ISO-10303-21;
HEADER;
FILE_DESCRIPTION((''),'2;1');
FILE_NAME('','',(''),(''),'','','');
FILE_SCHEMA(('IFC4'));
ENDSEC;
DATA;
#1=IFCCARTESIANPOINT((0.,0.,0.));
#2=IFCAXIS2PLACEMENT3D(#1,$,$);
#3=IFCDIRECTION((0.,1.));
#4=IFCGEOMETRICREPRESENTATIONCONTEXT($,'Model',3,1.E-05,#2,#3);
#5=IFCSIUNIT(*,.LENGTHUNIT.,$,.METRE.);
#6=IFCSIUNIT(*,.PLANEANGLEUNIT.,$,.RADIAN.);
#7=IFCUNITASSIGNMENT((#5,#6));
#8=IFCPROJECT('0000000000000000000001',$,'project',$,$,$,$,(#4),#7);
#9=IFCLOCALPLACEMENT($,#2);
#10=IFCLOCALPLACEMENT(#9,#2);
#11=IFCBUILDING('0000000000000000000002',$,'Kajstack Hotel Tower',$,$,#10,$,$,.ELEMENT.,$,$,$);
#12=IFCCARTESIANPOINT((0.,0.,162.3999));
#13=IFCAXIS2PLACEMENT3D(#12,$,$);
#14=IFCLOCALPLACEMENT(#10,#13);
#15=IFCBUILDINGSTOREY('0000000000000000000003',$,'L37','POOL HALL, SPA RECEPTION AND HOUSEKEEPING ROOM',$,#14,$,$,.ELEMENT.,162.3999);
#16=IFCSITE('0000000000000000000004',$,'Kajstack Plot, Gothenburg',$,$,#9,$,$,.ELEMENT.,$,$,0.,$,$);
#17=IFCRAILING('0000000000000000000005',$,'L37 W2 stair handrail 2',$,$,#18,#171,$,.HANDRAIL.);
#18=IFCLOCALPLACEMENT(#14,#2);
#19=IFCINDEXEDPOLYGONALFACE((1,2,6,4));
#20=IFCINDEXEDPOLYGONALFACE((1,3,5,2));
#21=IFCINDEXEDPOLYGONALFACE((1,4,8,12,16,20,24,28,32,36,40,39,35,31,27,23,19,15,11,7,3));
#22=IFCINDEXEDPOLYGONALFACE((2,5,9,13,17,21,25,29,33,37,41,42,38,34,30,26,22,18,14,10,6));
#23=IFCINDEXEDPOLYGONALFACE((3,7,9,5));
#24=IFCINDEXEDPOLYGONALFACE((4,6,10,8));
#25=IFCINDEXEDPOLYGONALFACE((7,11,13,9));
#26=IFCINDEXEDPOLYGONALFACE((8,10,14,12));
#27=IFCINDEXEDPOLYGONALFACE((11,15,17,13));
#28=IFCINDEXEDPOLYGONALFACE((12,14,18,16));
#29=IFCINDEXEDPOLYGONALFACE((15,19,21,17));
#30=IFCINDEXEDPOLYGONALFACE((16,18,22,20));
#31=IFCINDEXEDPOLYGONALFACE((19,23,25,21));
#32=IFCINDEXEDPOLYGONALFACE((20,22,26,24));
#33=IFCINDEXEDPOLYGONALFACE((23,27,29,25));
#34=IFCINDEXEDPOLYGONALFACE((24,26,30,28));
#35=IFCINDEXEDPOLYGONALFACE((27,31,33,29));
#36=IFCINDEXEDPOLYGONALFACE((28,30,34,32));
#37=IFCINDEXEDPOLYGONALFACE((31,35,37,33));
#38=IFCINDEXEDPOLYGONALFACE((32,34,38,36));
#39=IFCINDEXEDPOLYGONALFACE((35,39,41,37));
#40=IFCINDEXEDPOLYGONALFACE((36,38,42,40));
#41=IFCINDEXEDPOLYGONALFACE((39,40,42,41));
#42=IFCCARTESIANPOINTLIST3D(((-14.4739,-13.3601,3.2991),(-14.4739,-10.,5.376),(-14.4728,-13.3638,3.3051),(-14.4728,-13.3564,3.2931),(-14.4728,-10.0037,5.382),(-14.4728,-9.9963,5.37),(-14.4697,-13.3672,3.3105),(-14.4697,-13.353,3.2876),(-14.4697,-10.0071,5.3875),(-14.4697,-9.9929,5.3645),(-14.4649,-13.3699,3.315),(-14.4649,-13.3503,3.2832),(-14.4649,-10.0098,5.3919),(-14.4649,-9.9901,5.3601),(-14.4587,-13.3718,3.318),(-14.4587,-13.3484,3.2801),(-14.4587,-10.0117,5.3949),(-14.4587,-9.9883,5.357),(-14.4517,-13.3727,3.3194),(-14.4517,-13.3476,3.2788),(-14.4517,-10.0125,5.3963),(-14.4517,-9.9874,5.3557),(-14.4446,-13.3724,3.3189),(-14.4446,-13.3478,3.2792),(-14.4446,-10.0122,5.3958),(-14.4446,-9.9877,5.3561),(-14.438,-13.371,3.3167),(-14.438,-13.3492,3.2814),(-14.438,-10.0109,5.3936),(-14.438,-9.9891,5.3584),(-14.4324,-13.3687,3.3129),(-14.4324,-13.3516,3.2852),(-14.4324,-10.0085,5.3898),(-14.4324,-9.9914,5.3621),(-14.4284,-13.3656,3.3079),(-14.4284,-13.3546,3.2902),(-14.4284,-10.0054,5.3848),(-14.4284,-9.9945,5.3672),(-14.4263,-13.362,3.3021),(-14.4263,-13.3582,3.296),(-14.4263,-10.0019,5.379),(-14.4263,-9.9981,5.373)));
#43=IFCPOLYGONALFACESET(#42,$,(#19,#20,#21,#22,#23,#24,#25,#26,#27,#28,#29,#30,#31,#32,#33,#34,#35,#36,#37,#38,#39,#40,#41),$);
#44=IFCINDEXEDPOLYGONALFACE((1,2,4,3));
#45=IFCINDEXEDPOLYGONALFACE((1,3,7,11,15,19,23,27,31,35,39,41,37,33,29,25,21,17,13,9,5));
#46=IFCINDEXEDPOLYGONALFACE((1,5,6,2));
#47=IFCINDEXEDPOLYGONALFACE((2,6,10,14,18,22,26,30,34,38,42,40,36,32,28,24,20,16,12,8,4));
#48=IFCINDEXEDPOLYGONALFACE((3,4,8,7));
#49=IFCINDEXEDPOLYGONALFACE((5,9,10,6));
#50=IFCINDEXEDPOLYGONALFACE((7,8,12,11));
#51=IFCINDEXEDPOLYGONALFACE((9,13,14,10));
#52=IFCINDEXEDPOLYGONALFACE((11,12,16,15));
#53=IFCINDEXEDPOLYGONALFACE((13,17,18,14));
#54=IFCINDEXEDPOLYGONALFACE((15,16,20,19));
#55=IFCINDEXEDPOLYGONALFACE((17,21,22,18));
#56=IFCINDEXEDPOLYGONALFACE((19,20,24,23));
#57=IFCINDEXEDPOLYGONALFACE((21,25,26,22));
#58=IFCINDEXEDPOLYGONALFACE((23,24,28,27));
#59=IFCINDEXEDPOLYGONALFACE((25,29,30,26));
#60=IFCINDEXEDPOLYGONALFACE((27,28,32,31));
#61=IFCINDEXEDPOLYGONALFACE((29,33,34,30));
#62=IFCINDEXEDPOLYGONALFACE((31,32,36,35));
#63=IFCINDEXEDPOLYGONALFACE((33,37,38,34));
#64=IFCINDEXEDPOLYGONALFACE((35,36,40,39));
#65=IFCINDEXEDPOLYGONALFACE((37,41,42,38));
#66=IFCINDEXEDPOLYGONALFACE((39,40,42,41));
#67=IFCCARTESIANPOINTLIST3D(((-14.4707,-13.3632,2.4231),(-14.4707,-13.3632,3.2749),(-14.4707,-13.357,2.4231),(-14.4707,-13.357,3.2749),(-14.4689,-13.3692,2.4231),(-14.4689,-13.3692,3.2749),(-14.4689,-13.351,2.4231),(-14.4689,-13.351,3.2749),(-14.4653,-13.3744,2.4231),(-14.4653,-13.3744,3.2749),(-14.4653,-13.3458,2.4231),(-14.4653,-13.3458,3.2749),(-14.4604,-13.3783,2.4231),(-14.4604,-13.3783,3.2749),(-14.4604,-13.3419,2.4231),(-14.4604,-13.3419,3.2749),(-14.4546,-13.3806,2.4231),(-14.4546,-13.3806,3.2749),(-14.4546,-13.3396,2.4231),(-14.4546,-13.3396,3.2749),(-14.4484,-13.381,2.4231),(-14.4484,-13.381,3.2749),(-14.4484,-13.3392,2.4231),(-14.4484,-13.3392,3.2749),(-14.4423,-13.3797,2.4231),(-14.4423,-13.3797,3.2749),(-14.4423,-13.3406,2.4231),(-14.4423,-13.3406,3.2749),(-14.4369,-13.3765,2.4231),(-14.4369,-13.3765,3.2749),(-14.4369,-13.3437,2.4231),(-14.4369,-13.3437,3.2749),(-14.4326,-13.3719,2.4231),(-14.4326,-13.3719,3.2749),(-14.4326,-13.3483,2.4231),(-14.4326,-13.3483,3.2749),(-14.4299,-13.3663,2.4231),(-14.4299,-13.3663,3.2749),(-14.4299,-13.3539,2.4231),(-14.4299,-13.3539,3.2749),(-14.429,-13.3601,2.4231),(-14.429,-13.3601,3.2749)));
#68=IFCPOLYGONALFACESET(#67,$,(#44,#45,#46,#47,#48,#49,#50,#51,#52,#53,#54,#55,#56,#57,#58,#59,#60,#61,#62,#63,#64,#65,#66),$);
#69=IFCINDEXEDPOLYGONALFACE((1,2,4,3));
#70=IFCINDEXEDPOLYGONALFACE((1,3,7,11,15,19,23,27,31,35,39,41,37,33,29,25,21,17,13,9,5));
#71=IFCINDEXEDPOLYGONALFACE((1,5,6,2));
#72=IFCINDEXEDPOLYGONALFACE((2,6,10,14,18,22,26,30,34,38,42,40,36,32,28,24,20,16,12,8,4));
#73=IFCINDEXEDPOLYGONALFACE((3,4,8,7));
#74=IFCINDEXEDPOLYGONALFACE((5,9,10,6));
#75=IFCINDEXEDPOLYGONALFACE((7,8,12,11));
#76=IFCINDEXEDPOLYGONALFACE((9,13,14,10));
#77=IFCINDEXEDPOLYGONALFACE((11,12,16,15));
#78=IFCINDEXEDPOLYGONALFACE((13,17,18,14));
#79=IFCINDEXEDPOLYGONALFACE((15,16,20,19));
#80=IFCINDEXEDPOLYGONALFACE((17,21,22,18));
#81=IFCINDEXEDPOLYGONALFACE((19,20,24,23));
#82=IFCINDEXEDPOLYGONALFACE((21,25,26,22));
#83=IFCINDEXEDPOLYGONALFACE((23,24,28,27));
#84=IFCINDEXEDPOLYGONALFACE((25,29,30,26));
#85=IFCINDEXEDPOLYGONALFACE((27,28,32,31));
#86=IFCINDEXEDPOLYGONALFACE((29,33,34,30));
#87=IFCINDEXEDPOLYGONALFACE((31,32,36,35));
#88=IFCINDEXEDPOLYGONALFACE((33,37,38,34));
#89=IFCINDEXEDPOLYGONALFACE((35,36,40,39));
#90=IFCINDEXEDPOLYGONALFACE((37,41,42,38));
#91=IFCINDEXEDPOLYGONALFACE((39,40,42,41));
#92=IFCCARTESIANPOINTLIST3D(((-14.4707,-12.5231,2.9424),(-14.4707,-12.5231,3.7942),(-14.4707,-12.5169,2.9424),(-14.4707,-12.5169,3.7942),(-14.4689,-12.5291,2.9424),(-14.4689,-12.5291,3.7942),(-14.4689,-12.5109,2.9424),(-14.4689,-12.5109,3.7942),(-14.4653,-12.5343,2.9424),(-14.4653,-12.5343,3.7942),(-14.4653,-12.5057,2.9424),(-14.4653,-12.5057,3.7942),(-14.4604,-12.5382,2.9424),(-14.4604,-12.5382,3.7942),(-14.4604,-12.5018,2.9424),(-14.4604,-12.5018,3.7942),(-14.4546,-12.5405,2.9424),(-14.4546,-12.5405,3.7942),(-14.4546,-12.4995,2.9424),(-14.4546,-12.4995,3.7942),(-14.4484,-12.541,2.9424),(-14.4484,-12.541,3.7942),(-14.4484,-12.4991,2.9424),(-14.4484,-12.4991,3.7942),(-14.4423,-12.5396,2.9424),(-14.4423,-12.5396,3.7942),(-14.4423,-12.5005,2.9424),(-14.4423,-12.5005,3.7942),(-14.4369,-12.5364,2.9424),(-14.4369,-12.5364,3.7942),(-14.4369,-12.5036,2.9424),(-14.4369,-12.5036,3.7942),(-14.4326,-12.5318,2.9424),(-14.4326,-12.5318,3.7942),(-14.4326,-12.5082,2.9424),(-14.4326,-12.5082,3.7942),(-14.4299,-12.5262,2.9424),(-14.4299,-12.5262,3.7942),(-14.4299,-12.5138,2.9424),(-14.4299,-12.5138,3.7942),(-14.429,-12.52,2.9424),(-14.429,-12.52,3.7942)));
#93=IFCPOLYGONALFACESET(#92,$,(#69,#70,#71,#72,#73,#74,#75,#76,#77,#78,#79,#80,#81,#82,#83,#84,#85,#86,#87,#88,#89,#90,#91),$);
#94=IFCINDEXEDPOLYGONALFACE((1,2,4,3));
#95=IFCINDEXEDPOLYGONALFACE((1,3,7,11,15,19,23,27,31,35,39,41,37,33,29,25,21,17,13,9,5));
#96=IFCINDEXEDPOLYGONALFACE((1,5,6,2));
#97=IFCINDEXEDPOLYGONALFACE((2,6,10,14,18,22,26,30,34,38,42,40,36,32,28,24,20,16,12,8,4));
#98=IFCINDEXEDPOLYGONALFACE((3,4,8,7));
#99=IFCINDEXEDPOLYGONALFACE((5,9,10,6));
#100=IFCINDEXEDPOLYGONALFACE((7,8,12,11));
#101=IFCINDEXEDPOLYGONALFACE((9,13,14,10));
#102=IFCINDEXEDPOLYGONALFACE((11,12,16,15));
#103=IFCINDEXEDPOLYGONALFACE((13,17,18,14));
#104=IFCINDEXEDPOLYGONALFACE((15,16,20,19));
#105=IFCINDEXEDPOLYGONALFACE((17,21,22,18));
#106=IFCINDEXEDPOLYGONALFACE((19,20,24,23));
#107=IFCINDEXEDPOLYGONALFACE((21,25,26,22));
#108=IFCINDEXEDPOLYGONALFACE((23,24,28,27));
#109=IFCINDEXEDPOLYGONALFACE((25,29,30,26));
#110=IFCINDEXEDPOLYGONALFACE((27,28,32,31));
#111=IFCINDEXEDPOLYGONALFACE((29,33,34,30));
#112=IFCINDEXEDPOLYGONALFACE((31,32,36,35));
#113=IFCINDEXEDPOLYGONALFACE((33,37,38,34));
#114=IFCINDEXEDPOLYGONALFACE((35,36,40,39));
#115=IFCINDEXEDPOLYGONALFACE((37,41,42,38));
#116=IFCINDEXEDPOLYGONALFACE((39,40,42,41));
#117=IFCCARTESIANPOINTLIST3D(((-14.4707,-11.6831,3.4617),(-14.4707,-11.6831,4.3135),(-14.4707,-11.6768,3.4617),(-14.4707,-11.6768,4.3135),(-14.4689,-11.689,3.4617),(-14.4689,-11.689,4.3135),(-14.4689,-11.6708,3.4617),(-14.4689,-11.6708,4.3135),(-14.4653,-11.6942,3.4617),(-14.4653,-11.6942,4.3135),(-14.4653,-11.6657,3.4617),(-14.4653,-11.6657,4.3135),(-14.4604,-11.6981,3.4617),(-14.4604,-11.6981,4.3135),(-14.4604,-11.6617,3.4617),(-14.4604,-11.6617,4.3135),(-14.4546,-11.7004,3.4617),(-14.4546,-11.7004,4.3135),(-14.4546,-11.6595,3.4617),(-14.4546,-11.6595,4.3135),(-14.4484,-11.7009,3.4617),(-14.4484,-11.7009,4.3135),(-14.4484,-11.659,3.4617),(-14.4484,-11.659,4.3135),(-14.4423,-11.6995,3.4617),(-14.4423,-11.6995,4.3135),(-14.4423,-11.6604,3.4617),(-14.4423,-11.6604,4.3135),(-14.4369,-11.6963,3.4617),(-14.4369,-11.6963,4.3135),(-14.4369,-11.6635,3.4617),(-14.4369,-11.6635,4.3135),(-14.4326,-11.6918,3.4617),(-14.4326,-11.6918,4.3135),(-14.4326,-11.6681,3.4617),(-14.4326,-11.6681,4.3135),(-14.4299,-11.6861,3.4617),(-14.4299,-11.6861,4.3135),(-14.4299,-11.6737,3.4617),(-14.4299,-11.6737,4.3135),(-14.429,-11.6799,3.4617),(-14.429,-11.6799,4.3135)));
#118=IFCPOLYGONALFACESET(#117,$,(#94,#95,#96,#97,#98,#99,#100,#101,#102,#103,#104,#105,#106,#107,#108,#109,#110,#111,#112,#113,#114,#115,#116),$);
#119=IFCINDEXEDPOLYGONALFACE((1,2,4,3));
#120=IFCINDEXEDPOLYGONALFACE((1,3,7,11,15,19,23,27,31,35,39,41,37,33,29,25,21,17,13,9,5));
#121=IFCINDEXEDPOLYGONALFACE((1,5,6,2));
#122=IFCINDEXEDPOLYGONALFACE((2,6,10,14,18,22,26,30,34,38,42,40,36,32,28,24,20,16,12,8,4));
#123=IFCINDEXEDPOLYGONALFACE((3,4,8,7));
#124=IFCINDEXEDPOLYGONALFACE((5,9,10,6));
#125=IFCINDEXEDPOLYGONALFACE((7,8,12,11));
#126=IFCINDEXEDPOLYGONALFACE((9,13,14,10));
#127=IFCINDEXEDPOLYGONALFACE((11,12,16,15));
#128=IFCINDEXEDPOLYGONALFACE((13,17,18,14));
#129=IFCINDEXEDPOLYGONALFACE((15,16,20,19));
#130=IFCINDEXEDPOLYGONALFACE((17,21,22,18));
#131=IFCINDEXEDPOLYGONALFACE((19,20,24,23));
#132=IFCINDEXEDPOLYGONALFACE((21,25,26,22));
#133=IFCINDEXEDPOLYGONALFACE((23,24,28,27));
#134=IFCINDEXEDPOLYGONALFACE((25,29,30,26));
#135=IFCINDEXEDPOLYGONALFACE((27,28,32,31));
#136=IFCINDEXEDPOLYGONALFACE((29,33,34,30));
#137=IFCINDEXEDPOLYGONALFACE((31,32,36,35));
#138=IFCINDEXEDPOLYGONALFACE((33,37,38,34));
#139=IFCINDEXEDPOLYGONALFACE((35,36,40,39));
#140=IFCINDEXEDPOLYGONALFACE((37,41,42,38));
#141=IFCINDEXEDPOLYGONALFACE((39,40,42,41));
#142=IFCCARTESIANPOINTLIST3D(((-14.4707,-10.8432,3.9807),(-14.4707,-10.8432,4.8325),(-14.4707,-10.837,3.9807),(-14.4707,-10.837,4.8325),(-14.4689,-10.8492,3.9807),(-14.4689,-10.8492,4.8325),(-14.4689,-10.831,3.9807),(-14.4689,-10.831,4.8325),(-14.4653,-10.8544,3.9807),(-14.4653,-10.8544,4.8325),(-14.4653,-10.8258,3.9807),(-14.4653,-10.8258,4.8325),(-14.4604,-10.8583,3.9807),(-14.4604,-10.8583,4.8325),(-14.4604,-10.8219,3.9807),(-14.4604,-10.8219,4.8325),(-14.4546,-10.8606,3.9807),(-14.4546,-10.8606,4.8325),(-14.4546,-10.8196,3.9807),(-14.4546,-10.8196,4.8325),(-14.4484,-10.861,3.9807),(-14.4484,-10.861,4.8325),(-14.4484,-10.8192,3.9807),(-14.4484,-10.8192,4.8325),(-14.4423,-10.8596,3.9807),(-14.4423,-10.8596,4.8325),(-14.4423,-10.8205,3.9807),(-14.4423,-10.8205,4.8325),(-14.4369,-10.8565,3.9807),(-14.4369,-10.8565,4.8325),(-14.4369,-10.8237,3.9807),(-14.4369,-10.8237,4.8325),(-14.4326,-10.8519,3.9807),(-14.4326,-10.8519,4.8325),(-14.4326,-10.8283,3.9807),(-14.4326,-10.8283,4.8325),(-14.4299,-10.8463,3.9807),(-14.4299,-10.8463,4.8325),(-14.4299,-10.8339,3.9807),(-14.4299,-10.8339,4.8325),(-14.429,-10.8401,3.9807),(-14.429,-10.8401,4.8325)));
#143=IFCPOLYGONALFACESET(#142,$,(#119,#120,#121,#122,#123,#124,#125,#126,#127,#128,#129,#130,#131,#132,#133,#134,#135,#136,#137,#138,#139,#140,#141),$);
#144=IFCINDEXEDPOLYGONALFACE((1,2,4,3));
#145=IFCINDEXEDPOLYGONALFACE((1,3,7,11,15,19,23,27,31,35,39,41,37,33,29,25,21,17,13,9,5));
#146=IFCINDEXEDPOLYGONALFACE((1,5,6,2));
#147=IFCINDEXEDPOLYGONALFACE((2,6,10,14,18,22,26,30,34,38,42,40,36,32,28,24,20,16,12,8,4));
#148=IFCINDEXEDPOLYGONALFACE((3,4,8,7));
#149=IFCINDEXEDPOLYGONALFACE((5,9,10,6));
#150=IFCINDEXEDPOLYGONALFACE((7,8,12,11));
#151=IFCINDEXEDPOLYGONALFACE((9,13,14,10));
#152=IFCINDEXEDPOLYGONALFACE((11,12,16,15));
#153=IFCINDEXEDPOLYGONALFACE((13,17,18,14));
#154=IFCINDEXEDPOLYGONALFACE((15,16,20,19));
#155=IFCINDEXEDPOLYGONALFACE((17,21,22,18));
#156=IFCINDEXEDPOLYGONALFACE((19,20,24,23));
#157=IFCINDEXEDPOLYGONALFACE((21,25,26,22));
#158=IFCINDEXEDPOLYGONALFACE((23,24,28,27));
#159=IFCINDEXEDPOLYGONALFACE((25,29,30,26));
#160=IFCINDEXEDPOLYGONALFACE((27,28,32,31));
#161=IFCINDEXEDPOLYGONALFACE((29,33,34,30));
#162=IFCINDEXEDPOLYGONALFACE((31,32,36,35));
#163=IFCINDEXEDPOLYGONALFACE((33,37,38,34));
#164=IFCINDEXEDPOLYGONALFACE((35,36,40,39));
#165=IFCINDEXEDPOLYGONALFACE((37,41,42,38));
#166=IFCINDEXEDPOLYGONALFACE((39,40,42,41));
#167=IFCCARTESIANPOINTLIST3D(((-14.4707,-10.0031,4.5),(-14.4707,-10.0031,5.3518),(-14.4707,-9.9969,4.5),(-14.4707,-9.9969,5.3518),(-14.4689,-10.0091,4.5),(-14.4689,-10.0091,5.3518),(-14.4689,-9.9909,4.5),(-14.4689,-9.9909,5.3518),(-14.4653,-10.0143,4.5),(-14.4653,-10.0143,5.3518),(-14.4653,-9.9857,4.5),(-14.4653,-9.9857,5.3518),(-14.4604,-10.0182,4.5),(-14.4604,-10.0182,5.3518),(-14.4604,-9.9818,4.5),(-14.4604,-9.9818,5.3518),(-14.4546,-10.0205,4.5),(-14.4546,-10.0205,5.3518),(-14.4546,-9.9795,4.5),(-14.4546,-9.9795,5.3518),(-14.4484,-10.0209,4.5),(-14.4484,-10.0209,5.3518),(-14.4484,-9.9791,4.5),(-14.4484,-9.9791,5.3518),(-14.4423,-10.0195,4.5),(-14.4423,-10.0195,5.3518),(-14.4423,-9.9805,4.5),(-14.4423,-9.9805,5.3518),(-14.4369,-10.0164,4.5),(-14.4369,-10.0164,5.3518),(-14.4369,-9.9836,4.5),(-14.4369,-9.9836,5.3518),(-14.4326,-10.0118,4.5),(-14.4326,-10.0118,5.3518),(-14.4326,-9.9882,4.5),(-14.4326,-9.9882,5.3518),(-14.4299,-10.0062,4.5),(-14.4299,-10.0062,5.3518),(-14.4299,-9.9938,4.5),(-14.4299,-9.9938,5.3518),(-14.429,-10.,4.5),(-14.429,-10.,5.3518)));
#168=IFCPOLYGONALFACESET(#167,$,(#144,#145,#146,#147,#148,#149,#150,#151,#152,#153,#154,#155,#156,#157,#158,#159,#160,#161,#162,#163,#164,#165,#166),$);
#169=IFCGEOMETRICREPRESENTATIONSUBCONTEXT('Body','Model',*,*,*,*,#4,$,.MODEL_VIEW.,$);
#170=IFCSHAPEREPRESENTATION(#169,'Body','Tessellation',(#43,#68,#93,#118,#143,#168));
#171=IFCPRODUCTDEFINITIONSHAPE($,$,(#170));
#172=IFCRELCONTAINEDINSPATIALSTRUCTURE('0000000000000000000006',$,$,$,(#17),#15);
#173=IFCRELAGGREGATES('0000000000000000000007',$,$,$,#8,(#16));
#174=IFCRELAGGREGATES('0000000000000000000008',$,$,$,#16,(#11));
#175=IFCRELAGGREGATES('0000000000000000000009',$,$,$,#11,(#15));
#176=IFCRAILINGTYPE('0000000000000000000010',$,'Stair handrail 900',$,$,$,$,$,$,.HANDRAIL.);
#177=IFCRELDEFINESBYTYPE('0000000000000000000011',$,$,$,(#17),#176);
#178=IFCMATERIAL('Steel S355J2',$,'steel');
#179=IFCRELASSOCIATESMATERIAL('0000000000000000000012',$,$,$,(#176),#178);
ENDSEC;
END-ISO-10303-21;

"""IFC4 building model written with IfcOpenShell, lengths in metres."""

from ifc_helpers import new_model, si_unit, direction, frame, origin, origin_2d, place, context, subcontext, project, spatial, circle, extrude, material, type_object, element, save


model = new_model("IFC4")

# Units and contexts
model_context = context("Model", 3, precision=1e-05, world=origin(), true_north=direction((0.0, 1.0)))
body_context = subcontext(model_context, "Body", "Model", "MODEL_VIEW")
ifc_project = project(units=[si_unit("LENGTHUNIT", "METRE"), si_unit("PLANEANGLEUNIT", "RADIAN")], contexts=[model_context])

# Site, building, storey
site_placement = place(None, origin())
site = spatial("IfcSite", under=ifc_project, at=site_placement, Name="Kajstack Plot, Gothenburg", CompositionType="ELEMENT", RefElevation=0.0)
building_placement = place(site_placement, origin())
building = spatial("IfcBuilding", under=site, at=building_placement, Name="Kajstack Hotel Tower", CompositionType="ELEMENT")
storey_placement = place(building_placement, frame((0.0, 0.0, 162.3999)))
storey = spatial("IfcBuildingStorey", under=building, at=storey_placement, Name="L37", Description="POOL HALL, SPA RECEPTION AND HOUSEKEEPING ROOM", CompositionType="ELEMENT", Elevation=162.3999)

# Railing
ifc_material_1 = material(Name="Steel S355J2", Category="steel")
railing_type = type_object("IfcRailingType", Name="Stair handrail 900", PredefinedType="HANDRAIL", material=ifc_material_1)
railing_placement = place(storey_placement, frame((-14.45, -13.3601, 2.4231)))
element("IfcRailing", 1, at=railing_placement, inside=storey, type_object=railing_type, Name="L37 W2 stair handrail 2", PredefinedType="HANDRAIL", context=body_context, shape_type="SweptSolid", body=[
    extrude(circle(Radius=0.0239, at=origin_2d()), frame((0.0, 0.0, 0.876), z_axis=(0.0, 0.850623, 0.525776), x_axis=(-1.0, 0.0, 0.0)), (0.0, 0.0, 1.0), 3.9502),
    extrude(circle(Radius=0.021, at=origin_2d()), origin(), (0.0, 0.0, 1.0), 0.8518),
    extrude(circle(Radius=0.021, at=origin_2d()), frame((0.0, 0.8401, 0.5193)), (0.0, 0.0, 1.0), 0.8518),
    extrude(circle(Radius=0.021, at=origin_2d()), frame((0.0, 1.6802, 1.0386)), (0.0, 0.0, 1.0), 0.8518),
    extrude(circle(Radius=0.021, at=origin_2d()), frame((0.0, 2.52, 1.5576)), (0.0, 0.0, 1.0), 0.8518),
    extrude(circle(Radius=0.021, at=origin_2d()), frame((0.0, 3.3601, 2.0769)), (0.0, 0.0, 1.0), 0.8518),
])

save(model, "model.ifc")
